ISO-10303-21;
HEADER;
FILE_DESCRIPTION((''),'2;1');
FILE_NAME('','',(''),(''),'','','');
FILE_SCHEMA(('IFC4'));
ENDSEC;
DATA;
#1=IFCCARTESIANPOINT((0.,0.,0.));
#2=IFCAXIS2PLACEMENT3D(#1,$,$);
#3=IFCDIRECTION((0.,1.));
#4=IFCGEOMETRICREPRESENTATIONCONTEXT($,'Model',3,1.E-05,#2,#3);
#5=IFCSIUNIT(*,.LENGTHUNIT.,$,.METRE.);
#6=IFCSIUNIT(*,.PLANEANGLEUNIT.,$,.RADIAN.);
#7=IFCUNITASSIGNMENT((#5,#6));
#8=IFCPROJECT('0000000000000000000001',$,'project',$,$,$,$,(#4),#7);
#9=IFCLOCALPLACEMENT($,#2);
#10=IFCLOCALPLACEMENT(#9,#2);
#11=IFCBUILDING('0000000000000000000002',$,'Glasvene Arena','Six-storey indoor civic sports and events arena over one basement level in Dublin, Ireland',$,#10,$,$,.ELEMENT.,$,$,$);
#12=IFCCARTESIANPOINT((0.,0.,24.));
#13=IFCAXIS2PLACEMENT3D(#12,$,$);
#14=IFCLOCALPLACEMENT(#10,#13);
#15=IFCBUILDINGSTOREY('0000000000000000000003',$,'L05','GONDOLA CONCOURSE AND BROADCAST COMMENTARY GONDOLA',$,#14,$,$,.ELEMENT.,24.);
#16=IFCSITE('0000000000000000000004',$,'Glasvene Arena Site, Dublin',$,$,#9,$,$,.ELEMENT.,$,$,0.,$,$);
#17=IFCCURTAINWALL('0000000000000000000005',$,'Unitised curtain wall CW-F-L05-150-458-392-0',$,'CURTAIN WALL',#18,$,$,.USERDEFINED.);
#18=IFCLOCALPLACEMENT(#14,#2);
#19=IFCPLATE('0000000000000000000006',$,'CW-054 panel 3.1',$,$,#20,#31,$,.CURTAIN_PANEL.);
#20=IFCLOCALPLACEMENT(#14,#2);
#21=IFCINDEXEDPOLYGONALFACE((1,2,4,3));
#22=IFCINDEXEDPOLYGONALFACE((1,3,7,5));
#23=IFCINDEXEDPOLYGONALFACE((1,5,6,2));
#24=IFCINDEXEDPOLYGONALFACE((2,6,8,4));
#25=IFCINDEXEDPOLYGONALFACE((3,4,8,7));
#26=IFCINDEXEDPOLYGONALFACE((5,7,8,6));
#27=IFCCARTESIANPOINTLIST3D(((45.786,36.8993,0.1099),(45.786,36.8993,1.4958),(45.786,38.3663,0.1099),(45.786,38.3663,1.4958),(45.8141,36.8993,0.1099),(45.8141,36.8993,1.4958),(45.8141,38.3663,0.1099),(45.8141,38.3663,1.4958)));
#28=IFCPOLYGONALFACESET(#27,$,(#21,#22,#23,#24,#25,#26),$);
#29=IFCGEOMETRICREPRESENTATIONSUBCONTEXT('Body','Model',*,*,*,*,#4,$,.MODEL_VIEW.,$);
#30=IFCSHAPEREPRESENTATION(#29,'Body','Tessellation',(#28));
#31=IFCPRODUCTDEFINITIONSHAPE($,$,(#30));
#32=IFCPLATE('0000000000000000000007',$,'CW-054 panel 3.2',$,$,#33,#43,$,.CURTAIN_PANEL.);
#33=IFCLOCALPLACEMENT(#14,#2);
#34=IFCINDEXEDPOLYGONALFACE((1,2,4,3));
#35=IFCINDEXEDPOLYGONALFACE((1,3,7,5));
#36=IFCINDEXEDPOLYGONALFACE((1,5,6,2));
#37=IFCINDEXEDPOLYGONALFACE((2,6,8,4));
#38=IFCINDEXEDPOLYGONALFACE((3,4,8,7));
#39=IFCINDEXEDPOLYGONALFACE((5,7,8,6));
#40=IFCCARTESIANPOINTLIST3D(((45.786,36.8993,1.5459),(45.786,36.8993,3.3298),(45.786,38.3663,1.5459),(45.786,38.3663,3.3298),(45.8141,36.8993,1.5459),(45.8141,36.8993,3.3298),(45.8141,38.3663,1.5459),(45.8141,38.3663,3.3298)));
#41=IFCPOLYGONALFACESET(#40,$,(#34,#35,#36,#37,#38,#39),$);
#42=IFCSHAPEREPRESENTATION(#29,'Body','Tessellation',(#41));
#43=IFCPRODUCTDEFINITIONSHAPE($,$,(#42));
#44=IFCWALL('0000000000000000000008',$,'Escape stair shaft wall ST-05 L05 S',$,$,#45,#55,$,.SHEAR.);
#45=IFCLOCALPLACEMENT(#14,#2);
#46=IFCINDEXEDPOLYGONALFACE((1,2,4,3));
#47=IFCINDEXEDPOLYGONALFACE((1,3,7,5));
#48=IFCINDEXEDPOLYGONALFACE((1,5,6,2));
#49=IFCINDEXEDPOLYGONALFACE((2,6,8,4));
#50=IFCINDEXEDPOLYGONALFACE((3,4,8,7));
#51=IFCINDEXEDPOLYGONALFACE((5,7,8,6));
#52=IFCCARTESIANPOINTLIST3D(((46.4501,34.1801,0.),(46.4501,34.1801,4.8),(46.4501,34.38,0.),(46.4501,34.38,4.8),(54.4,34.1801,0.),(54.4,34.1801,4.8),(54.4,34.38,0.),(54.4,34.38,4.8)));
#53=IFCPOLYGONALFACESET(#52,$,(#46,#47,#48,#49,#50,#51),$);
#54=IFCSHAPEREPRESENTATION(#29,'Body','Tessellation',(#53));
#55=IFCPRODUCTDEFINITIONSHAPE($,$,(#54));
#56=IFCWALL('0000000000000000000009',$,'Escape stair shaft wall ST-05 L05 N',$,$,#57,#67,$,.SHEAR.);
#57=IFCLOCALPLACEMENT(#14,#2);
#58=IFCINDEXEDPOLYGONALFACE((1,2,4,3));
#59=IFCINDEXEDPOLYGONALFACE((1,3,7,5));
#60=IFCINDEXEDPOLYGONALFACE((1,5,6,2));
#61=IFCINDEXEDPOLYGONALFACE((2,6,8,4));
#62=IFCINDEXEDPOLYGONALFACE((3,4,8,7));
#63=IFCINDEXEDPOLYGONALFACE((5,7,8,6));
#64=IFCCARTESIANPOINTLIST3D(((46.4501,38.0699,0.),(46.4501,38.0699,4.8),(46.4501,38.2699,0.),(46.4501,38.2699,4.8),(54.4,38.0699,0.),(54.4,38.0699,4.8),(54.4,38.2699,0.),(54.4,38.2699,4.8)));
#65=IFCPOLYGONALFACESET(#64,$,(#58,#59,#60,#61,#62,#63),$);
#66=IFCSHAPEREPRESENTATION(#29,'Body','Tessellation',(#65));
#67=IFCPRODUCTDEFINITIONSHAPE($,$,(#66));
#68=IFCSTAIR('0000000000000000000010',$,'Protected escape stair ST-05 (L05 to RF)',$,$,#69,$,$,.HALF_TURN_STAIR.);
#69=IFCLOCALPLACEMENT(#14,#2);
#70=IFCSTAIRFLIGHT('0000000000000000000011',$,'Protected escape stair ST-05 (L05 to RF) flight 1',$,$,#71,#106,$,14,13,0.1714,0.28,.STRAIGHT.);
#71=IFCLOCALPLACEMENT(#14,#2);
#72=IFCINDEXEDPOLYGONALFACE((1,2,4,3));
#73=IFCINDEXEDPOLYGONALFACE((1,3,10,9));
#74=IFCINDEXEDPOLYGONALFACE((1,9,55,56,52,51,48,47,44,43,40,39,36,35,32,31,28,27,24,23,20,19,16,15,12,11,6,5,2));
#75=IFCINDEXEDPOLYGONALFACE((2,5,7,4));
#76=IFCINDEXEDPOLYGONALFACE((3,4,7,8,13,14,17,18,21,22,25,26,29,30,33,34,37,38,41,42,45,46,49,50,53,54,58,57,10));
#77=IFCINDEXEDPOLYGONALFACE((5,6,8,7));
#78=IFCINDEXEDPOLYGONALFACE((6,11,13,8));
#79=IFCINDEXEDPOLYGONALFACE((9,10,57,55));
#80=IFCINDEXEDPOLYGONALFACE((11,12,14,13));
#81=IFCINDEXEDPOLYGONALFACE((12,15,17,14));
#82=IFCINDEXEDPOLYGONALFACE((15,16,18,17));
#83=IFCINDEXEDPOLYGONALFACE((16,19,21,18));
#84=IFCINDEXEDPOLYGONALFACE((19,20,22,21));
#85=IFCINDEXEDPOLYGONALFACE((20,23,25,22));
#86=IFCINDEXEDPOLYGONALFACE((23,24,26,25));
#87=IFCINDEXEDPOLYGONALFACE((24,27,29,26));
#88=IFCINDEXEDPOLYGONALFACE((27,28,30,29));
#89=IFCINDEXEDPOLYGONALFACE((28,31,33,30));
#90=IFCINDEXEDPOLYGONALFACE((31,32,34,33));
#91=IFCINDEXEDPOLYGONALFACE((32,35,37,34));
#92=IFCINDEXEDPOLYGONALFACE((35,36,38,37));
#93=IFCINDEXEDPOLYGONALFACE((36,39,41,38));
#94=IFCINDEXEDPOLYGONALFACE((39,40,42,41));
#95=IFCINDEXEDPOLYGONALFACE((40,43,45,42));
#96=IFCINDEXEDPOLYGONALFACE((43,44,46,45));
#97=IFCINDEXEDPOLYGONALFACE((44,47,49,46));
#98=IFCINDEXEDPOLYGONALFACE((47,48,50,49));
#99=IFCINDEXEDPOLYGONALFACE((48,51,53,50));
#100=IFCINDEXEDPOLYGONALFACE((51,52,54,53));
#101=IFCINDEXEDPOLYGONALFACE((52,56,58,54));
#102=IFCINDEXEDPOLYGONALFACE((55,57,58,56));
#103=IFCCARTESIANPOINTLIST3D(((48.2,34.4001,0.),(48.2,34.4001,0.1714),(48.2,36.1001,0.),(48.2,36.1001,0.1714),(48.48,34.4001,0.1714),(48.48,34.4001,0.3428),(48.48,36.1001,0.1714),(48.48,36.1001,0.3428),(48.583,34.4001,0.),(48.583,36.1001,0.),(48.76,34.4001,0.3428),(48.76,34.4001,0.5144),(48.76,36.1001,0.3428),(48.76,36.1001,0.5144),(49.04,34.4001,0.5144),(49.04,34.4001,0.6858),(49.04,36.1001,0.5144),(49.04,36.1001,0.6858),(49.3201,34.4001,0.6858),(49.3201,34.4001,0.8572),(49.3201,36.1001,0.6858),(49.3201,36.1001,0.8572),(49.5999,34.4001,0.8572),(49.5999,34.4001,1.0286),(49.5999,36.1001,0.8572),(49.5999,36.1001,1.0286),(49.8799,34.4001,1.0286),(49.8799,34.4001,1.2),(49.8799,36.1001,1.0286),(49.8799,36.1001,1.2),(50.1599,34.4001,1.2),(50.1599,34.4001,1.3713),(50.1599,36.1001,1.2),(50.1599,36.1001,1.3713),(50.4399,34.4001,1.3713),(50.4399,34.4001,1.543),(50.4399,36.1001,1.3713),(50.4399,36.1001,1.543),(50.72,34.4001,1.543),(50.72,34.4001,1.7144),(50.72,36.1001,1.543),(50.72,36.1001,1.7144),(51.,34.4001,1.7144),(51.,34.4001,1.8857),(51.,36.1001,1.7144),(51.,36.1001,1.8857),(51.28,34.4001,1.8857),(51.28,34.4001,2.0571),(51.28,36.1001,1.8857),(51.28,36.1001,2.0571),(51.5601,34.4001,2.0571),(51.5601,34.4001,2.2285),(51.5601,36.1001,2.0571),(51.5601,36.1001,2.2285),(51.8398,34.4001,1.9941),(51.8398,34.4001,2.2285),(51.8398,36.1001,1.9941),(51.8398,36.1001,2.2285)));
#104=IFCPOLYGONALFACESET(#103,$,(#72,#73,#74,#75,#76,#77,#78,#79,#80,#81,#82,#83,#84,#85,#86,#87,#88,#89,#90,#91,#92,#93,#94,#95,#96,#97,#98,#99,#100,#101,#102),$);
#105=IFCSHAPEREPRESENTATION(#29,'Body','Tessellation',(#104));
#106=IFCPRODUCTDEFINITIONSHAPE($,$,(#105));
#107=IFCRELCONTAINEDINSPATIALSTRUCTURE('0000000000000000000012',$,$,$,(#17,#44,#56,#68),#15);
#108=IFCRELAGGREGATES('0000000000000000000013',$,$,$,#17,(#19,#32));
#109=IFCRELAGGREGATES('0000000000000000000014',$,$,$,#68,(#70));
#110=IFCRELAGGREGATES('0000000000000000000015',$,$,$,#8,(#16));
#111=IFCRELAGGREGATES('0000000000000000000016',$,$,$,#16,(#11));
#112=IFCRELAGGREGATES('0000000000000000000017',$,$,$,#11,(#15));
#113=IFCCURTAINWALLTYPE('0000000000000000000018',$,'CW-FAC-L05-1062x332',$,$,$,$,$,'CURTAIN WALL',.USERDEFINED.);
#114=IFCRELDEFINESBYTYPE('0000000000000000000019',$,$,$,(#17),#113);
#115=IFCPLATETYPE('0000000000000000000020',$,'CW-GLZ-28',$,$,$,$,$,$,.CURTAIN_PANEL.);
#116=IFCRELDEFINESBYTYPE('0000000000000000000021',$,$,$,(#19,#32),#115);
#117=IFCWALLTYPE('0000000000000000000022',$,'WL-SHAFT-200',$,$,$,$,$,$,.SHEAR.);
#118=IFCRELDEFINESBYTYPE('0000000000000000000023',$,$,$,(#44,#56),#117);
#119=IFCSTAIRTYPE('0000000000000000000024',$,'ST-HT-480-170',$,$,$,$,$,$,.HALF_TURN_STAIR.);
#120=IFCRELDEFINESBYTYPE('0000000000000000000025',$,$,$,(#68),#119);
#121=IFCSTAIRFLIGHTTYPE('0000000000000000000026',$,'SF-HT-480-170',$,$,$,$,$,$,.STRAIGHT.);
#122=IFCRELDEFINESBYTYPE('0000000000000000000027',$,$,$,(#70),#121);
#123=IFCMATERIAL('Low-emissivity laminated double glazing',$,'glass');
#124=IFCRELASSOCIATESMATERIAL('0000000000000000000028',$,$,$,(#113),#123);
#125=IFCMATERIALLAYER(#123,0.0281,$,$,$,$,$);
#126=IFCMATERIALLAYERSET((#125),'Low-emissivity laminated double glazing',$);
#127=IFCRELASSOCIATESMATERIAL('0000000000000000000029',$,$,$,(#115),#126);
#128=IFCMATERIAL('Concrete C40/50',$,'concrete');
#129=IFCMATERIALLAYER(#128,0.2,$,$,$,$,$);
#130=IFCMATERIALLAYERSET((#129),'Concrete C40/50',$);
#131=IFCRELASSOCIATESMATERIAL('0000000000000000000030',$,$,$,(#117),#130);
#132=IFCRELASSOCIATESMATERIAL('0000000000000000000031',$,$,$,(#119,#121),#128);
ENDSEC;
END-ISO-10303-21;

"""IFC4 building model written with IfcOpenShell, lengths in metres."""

from ifc_helpers import new_model, si_unit, direction, frame, frame_2d, origin, origin_2d, place, context, subcontext, project, spatial, polyline, rectangle, outline, extrude, material, layer, layer_set, type_object, element, aggregate, save


model = new_model("IFC4")

# Units and contexts
model_context = context("Model", 3, precision=1e-05, world=origin(), true_north=direction((0.0, 1.0)))
body_context = subcontext(model_context, "Body", "Model", "MODEL_VIEW")
ifc_project = project(units=[si_unit("LENGTHUNIT", "METRE"), si_unit("PLANEANGLEUNIT", "RADIAN")], contexts=[model_context])

# Site, building, storey
site_placement = place(None, origin())
site = spatial("IfcSite", under=ifc_project, at=site_placement, Name="Glasvene Arena Site, Dublin", CompositionType="ELEMENT", RefElevation=0.0)
building_placement = place(site_placement, origin())
building = spatial("IfcBuilding", under=site, at=building_placement, Name="Glasvene Arena", Description="Six-storey indoor civic sports and events arena over one basement level in Dublin, Ireland", CompositionType="ELEMENT")
storey_placement = place(building_placement, frame((0.0, 0.0, 24.0)))
storey = spatial("IfcBuildingStorey", under=building, at=storey_placement, Name="L05", Description="GONDOLA CONCOURSE AND BROADCAST COMMENTARY GONDOLA", CompositionType="ELEMENT", Elevation=24.0)

# Curtain wall, plates
ifc_material_1 = material(Name="Low-emissivity laminated double glazing", Category="glass")
curtain_wall_type = type_object("IfcCurtainWallType", Name="CW-FAC-L05-1062x332", ElementType="CURTAIN WALL", PredefinedType="USERDEFINED", material=ifc_material_1)
curtain_wall_placement = place(storey_placement, frame((45.8, 33.8401, 0.0)))
curtain_wall = element("IfcCurtainWall", 1, at=curtain_wall_placement, inside=storey, type_object=curtain_wall_type, Name="Unitised curtain wall CW-F-L05-150-458-392-0", ObjectType="CURTAIN WALL", PredefinedType="USERDEFINED")
ifc_layer_1 = layer(ifc_material_1, 0.0281)
ifc_layer_set_1 = layer_set([ifc_layer_1], Name="Low-emissivity laminated double glazing")
plate_type = type_object("IfcPlateType", Name="CW-GLZ-28", PredefinedType="CURTAIN_PANEL", material=ifc_layer_set_1)
plate_1_placement = place(storey_placement, frame((45.8, 37.6328, 0.1099), z_axis=(0.0, 0.0, 1.0), x_axis=(0.0, 1.0, 0.0)))
plate_1 = element("IfcPlate", 2, at=plate_1_placement, type_object=plate_type, Name="CW-054 panel 3.1", PredefinedType="CURTAIN_PANEL", context=body_context, shape_type="SweptSolid", body=[
    extrude(rectangle(XDim=1.467, YDim=0.0281, at=origin_2d()), origin(), (0.0, 0.0, 1.0), 1.386),
])
plate_2_placement = place(storey_placement, frame((45.8, 37.6328, 1.5459), z_axis=(0.0, 0.0, 1.0), x_axis=(0.0, 1.0, 0.0)))
plate_2 = element("IfcPlate", 3, at=plate_2_placement, type_object=plate_type, Name="CW-054 panel 3.2", PredefinedType="CURTAIN_PANEL", context=body_context, shape_type="SweptSolid", body=[
    extrude(rectangle(XDim=1.467, YDim=0.0281, at=origin_2d()), origin(), (0.0, 0.0, 1.0), 1.7839),
])
aggregate(curtain_wall, [plate_1, plate_2])

# Wall
ifc_material_2 = material(Name="Concrete C40/50", Category="concrete")
ifc_layer_2 = layer(ifc_material_2, 0.2)
ifc_layer_set_2 = layer_set([ifc_layer_2], Name="Concrete C40/50")
wall_type = type_object("IfcWallType", Name="WL-SHAFT-200", PredefinedType="SHEAR", material=ifc_layer_set_2)
wall_1_placement = place(storey_placement, frame((46.45, 34.28, 0.0), z_axis=(0.0, 0.0, 1.0), x_axis=(1.0, 0.0, 0.0)))
element("IfcWall", 4, at=wall_1_placement, inside=storey, type_object=wall_type, Name="Escape stair shaft wall ST-05 L05 S", PredefinedType="SHEAR", context=body_context, shape_type="SweptSolid", body=[
    extrude(rectangle(XDim=7.95, YDim=0.2, at=frame_2d((3.9751, 0.0))), origin(), (0.0, 0.0, 1.0), 4.8),
])

# Wall
wall_2_placement = place(storey_placement, frame((46.45, 38.1699, 0.0), z_axis=(0.0, 0.0, 1.0), x_axis=(1.0, 0.0, 0.0)))
element("IfcWall", 5, at=wall_2_placement, inside=storey, type_object=wall_type, Name="Escape stair shaft wall ST-05 L05 N", PredefinedType="SHEAR", context=body_context, shape_type="SweptSolid", body=[
    extrude(rectangle(XDim=7.95, YDim=0.2, at=frame_2d((3.9751, 0.0))), origin(), (0.0, 0.0, 1.0), 4.8),
])

# Stair, stair flight
stair_type = type_object("IfcStairType", Name="ST-HT-480-170", PredefinedType="HALF_TURN_STAIR", material=ifc_material_2)
stair_placement = place(storey_placement, origin())
stair = element("IfcStair", 6, at=stair_placement, inside=storey, type_object=stair_type, Name="Protected escape stair ST-05 (L05 to RF)", PredefinedType="HALF_TURN_STAIR")
stair_flight_type = type_object("IfcStairFlightType", Name="SF-HT-480-170", PredefinedType="STRAIGHT", material=ifc_material_2)
stair_flight_placement = place(storey_placement, frame((48.2, 35.25, 0.0), z_axis=(0.0, 0.0, 1.0), x_axis=(1.0, 0.0, 0.0)))
stair_flight = element("IfcStairFlight", 7, at=stair_flight_placement, type_object=stair_flight_type, Name="Protected escape stair ST-05 (L05 to RF) flight 1", NumberOfRisers=14, NumberOfTreads=13, PredefinedType="STRAIGHT", RiserHeight=0.1714, TreadLength=0.28, context=body_context, shape_type="SweptSolid", body=[
    extrude(outline(polyline([(0.0, 0.0), (0.0, 0.1714), (0.28, 0.1714), (0.28, 0.3428), (0.5601, 0.3428), (0.5601, 0.5144), (0.8401, 0.5144), (0.8401, 0.6858), (1.1201, 0.6858), (1.1201, 0.8572), (1.3999, 0.8572), (1.3999, 1.0286), (1.6799, 1.0286), (1.6799, 1.2), (1.96, 1.2), (1.96, 1.3713), (2.24, 1.3713), (2.24, 1.543), (2.52, 1.543), (2.52, 1.7144), (2.8, 1.7144), (2.8, 1.8857), (3.0801, 1.8857), (3.0801, 2.0571), (3.3601, 2.0571), (3.3601, 2.2285), (3.6399, 2.2285), (3.6399, 2.3999), (3.6399, 1.9941), (0.3831, 0.0), (0.0, 0.0)])), frame((0.0, 0.8501, 0.0), z_axis=(0.0, -1.0, 0.0), x_axis=(1.0, 0.0, 0.0)), (0.0, 0.0, 1.0), 1.7),
])
aggregate(stair, [stair_flight])

save(model, "model.ifc")
